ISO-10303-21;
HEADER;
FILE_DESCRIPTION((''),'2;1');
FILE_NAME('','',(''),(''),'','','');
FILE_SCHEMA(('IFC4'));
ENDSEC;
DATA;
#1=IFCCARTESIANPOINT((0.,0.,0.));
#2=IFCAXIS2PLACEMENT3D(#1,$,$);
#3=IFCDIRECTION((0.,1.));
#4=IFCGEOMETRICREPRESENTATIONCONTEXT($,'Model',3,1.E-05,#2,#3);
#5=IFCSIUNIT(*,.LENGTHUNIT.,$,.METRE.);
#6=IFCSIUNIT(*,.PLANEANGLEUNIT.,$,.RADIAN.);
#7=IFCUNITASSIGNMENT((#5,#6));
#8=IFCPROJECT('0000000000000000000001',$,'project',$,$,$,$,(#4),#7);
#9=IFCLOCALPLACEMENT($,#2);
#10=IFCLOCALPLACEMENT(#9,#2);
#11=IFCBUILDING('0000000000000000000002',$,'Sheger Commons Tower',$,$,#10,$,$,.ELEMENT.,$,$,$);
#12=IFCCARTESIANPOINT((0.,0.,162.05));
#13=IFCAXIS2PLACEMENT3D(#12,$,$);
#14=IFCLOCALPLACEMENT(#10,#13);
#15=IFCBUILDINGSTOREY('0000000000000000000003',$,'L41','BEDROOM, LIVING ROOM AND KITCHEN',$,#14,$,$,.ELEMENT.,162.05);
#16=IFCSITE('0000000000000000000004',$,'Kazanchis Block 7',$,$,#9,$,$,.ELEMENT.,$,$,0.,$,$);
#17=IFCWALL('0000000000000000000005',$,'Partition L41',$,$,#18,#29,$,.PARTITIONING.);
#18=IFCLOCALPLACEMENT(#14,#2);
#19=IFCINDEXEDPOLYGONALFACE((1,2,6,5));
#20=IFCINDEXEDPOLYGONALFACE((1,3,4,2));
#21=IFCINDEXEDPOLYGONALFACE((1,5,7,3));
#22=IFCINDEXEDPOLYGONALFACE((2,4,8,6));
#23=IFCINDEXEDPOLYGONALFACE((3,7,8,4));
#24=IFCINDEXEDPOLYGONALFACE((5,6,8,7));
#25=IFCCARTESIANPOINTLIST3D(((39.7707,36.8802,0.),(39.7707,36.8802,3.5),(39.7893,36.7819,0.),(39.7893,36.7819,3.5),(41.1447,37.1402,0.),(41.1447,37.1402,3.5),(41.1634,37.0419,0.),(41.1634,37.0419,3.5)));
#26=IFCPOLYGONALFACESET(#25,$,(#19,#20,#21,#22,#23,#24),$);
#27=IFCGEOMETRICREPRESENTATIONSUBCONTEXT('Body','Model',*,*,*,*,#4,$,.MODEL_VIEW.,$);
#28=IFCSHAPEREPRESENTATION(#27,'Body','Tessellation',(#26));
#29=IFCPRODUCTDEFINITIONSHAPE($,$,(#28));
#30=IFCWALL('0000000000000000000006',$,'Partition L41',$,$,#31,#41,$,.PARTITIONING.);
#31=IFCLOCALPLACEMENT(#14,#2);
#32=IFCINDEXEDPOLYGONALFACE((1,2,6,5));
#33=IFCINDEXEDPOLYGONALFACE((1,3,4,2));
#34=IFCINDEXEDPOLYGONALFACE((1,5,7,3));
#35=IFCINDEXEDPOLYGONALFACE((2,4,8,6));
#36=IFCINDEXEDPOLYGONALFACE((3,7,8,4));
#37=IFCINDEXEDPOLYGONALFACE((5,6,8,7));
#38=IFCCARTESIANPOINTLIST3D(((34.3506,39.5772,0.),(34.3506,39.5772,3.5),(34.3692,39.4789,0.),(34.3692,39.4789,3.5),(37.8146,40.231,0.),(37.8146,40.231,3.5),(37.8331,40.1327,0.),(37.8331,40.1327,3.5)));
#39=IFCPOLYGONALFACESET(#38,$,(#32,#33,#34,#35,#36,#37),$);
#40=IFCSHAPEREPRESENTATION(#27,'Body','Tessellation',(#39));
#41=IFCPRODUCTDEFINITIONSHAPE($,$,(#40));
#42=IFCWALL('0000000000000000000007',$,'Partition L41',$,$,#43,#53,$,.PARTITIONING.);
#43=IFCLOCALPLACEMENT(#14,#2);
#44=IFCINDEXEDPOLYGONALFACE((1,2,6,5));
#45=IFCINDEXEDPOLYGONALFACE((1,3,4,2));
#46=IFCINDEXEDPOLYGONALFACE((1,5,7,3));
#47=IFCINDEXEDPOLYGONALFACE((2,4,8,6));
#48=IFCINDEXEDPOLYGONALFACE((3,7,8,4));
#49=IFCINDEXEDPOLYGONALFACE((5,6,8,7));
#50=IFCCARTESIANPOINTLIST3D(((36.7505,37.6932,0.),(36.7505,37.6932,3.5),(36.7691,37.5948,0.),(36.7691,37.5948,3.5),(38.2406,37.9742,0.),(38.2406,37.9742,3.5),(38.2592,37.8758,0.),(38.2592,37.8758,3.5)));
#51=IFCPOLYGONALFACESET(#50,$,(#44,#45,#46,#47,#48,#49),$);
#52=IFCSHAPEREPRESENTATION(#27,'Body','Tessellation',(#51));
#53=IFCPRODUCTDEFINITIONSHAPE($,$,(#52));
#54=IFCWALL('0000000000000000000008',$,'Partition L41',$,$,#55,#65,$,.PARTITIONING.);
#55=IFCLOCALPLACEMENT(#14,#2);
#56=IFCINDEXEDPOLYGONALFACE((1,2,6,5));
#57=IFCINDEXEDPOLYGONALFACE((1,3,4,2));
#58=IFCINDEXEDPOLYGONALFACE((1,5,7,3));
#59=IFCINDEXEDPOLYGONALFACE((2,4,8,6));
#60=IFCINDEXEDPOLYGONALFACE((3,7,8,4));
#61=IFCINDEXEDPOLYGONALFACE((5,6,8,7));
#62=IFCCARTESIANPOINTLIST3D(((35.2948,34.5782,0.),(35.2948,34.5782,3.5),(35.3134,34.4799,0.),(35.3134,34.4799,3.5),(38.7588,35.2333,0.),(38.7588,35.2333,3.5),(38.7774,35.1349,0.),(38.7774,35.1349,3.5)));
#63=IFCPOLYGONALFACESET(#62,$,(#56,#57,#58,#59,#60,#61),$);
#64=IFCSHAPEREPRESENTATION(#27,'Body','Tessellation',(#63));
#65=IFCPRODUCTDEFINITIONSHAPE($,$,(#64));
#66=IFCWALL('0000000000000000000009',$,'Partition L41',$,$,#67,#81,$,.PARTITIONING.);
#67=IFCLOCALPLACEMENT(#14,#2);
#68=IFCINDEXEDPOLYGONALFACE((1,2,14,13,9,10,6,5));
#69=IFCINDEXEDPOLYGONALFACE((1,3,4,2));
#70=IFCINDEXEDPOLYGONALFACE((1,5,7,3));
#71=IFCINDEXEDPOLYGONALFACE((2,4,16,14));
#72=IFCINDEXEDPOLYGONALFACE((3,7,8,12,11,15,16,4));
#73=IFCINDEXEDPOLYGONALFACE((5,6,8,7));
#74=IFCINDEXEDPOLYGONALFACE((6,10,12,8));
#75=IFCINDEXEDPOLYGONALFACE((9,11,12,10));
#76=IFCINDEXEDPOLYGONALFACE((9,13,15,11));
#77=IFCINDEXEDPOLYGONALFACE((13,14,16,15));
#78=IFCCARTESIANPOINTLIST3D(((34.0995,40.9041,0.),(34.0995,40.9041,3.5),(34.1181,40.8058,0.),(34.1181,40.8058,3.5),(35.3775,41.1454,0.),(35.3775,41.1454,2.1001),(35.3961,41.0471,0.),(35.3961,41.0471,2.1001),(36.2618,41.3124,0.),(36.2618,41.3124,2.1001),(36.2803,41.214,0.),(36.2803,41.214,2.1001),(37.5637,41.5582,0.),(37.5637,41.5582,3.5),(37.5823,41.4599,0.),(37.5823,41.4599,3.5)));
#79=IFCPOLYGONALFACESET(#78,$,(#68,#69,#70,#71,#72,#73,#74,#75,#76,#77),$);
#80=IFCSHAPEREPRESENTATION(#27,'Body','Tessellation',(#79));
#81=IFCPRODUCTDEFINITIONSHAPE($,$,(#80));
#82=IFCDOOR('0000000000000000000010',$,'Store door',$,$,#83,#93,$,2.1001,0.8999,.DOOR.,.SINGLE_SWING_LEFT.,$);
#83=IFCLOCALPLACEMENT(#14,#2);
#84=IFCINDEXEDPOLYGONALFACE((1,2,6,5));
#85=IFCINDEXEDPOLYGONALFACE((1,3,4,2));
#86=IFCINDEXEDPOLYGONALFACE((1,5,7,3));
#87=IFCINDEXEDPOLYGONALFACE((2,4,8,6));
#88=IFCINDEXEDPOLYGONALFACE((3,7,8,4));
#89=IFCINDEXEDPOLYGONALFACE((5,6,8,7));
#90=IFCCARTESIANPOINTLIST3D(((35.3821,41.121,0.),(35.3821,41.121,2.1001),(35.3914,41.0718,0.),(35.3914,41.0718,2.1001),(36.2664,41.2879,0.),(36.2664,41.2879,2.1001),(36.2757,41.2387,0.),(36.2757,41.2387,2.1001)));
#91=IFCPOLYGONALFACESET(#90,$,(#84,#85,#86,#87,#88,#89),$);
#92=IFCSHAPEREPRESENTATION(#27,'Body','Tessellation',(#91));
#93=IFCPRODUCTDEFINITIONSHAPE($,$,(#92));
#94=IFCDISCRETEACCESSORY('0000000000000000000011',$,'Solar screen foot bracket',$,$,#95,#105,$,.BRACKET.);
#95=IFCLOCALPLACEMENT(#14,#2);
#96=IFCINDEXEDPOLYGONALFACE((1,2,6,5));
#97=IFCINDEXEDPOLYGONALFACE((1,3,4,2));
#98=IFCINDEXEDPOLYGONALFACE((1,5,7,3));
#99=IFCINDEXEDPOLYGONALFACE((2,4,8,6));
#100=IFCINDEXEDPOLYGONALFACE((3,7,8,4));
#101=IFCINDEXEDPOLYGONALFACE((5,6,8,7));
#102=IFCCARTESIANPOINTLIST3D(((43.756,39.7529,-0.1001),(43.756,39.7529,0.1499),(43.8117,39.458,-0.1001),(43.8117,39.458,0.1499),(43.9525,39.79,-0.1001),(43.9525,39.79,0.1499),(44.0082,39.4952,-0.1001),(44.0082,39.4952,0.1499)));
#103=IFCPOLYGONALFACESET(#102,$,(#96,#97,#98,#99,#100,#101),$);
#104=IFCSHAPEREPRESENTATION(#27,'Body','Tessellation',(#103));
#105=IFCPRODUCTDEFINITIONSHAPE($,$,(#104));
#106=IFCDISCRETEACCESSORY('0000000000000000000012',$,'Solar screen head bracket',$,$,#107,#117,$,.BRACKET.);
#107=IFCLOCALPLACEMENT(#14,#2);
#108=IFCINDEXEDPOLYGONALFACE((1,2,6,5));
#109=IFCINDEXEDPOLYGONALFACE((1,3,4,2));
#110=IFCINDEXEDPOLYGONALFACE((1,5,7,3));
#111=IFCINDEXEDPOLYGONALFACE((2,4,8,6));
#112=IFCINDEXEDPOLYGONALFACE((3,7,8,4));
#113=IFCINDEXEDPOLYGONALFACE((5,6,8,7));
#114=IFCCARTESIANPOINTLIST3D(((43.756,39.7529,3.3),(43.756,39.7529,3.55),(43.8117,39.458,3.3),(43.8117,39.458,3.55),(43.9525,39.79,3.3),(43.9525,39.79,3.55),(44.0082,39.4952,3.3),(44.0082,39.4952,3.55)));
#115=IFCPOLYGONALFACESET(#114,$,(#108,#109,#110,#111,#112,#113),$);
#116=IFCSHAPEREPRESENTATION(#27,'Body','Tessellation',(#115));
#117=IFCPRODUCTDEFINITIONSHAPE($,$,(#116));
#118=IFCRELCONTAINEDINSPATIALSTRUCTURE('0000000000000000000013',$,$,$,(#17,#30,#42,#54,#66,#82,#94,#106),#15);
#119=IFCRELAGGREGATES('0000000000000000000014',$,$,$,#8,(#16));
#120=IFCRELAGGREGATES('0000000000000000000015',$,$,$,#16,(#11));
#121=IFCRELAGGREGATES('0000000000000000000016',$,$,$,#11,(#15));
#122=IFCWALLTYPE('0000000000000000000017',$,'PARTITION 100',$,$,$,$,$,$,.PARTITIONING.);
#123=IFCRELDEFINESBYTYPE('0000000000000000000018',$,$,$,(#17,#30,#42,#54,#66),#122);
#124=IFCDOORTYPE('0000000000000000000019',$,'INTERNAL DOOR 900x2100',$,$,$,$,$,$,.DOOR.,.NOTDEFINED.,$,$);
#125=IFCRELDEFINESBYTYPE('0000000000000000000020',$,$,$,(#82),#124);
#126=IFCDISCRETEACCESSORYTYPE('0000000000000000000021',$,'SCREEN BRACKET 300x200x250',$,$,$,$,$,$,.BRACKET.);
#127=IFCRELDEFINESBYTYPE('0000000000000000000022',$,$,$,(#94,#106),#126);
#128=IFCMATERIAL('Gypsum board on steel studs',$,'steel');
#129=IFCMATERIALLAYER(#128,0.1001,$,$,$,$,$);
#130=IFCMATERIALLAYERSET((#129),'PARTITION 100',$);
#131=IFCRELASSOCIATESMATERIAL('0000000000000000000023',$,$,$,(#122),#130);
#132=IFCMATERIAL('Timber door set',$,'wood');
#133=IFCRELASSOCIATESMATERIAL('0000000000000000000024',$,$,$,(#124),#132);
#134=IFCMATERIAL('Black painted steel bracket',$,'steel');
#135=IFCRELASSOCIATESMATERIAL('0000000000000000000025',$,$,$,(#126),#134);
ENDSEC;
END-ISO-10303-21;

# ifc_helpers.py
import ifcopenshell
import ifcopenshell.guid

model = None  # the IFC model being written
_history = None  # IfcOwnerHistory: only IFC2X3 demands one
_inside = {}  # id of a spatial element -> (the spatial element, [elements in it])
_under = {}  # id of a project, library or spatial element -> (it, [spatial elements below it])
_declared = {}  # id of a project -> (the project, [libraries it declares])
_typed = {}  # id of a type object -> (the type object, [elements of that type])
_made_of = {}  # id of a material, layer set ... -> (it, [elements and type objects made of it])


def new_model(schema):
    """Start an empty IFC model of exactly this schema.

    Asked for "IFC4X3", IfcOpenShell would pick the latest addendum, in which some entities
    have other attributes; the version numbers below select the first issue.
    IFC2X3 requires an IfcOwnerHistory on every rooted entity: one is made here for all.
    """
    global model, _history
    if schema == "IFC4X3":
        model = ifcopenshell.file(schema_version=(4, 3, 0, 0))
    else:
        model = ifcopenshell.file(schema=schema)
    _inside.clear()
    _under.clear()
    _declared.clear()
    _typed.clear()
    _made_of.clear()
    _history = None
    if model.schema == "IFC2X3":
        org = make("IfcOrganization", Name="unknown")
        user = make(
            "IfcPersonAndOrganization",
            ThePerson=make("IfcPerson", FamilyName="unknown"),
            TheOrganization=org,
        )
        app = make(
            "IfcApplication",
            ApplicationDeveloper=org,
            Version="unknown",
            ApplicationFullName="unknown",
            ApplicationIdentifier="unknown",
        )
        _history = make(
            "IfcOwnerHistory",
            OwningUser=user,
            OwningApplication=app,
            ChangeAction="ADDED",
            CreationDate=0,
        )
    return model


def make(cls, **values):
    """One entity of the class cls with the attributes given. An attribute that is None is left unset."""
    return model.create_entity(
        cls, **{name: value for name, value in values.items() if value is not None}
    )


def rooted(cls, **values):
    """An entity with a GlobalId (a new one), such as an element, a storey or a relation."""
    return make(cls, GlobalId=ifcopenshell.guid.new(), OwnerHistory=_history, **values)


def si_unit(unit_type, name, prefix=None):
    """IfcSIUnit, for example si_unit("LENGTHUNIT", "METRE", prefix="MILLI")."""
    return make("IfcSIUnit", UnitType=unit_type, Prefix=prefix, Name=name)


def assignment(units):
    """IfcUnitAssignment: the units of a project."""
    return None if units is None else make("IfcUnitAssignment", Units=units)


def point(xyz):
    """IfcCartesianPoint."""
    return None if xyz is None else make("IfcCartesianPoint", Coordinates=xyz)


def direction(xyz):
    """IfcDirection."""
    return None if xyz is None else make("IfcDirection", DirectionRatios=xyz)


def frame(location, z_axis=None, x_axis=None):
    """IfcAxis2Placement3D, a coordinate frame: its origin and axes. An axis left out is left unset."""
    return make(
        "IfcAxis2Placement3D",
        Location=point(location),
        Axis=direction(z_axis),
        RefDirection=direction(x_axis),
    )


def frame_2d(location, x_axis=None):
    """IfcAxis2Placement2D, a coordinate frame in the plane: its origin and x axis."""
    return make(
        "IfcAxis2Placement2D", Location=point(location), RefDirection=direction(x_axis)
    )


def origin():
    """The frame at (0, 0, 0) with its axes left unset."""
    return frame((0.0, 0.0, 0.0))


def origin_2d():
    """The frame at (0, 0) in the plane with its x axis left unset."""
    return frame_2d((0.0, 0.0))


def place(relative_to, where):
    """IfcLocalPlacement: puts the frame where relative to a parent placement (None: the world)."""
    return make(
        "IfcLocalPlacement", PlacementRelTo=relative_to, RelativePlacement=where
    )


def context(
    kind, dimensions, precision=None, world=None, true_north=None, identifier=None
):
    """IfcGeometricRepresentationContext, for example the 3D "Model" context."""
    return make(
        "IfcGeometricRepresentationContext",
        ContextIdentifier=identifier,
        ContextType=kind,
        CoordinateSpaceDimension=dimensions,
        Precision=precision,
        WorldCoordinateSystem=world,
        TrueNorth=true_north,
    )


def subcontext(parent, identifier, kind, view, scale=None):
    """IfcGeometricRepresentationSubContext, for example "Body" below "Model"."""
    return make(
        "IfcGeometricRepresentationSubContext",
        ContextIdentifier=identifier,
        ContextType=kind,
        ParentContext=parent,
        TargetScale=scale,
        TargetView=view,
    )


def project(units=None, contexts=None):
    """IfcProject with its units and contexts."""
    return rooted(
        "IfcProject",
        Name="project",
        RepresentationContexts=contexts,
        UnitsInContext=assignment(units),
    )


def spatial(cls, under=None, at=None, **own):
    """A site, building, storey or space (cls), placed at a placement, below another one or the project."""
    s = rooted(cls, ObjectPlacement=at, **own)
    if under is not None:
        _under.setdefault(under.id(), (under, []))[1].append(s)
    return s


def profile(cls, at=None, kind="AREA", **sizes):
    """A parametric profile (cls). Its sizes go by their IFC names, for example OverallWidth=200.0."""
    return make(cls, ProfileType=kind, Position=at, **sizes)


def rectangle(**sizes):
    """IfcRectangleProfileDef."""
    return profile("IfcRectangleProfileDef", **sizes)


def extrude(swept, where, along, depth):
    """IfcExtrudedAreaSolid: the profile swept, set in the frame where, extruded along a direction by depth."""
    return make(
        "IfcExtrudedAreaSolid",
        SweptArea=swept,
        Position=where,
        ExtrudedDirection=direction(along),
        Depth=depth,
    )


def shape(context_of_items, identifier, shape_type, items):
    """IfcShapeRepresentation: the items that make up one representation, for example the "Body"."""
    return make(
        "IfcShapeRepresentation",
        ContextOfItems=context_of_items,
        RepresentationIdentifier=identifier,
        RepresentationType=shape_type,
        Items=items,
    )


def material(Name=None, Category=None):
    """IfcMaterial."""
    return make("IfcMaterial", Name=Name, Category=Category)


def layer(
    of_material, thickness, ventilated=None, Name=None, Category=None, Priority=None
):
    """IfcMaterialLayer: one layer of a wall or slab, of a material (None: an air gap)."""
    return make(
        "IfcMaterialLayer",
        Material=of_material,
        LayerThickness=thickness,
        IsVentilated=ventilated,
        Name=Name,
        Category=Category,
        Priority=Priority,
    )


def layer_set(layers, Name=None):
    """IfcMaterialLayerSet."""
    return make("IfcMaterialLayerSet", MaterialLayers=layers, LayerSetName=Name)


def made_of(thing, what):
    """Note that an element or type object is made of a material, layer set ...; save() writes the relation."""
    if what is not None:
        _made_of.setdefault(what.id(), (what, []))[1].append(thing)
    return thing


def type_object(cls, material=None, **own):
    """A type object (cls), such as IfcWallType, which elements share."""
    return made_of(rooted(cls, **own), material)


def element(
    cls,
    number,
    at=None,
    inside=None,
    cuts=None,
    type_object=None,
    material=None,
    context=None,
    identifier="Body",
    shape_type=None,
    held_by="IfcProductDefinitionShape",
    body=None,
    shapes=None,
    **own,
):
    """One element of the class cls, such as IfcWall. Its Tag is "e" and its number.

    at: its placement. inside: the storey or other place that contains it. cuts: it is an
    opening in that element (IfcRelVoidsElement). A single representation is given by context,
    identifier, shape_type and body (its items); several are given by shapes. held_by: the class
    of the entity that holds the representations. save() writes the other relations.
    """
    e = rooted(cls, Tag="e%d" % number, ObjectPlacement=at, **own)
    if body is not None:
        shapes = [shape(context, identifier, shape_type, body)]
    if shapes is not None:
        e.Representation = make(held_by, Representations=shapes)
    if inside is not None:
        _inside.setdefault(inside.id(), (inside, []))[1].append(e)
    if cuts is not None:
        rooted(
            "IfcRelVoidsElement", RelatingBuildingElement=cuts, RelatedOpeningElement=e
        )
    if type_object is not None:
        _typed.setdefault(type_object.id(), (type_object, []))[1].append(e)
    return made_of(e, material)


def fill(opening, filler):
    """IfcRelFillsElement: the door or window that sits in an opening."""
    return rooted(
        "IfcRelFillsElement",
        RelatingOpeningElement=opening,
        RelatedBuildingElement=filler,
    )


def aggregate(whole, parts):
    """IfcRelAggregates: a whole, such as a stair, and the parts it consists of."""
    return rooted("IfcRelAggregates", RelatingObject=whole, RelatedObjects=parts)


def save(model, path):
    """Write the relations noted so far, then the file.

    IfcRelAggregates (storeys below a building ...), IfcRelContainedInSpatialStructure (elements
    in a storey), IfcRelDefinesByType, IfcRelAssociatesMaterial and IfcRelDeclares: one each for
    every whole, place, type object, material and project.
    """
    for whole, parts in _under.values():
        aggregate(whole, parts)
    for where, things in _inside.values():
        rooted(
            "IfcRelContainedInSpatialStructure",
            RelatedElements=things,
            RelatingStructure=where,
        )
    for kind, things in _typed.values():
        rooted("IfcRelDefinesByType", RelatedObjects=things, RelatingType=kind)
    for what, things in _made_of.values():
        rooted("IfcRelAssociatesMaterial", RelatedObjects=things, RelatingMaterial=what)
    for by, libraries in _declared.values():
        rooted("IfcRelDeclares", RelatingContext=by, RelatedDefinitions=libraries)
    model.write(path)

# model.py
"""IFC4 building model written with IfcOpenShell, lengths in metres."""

from ifc_helpers import new_model, si_unit, direction, frame, frame_2d, origin, origin_2d, place, context, subcontext, project, spatial, rectangle, extrude, material, layer, layer_set, type_object, element, fill, save


model = new_model("IFC4")

# Units and contexts
model_context = context("Model", 3, precision=1e-05, world=origin(), true_north=direction((0.0, 1.0)))
body_context = subcontext(model_context, "Body", "Model", "MODEL_VIEW")
ifc_project = project(units=[si_unit("LENGTHUNIT", "METRE"), si_unit("PLANEANGLEUNIT", "RADIAN")], contexts=[model_context])

# Site, building, storey
site_placement = place(None, origin())
site = spatial("IfcSite", under=ifc_project, at=site_placement, Name="Kazanchis Block 7", CompositionType="ELEMENT", RefElevation=0.0)
building_placement = place(site_placement, origin())
building = spatial("IfcBuilding", under=site, at=building_placement, Name="Sheger Commons Tower", CompositionType="ELEMENT")
storey_placement = place(building_placement, frame((0.0, 0.0, 162.05)))
storey = spatial("IfcBuildingStorey", under=building, at=storey_placement, Name="L41", Description="BEDROOM, LIVING ROOM AND KITCHEN", CompositionType="ELEMENT", Elevation=162.05)

# Shared definitions
ifc_material_1 = material(Name="Gypsum board on steel studs", Category="steel")
ifc_layer_1 = layer(ifc_material_1, 0.1001)
ifc_layer_set_1 = layer_set([ifc_layer_1], Name="PARTITION 100")
wall_type = type_object("IfcWallType", Name="PARTITION 100", PredefinedType="PARTITIONING", material=ifc_layer_set_1)

# Shared definitions
ifc_material_2 = material(Name="Timber door set", Category="wood")
door_type = type_object("IfcDoorType", Name="INTERNAL DOOR 900x2100", OperationType="NOTDEFINED", PredefinedType="DOOR", material=ifc_material_2)

# Walls
wall_1_placement = place(storey_placement, frame((41.1541, 37.0911, 0.0), z_axis=(0.0, 0.0, 1.0), x_axis=(-0.982562, -0.185933, 0.0)))
element("IfcWall", 1, at=wall_1_placement, inside=storey, type_object=wall_type, Name="Partition L41", PredefinedType="PARTITIONING", context=body_context, shape_type="SweptSolid", body=[
    extrude(rectangle(XDim=1.3984, YDim=0.1001, at=frame_2d((0.6992, 0.0))), origin(), (0.0, 0.0, 1.0), 3.5),
])
wall_2_placement = place(storey_placement, frame((37.824, 40.1819, 0.0), z_axis=(0.0, 0.0, 1.0), x_axis=(-0.982649, -0.185476, 0.0)))
element("IfcWall", 2, at=wall_2_placement, inside=storey, type_object=wall_type, Name="Partition L41", PredefinedType="PARTITIONING", context=body_context, shape_type="SweptSolid", body=[
    extrude(rectangle(XDim=3.5251, YDim=0.1001, at=frame_2d((1.7627, 0.0))), origin(), (0.0, 0.0, 1.0), 3.5),
])
wall_3_placement = place(storey_placement, frame((38.25, 37.925, 0.0), z_axis=(0.0, 0.0, 1.0), x_axis=(-0.982677, -0.185329, 0.0)))
element("IfcWall", 3, at=wall_3_placement, inside=storey, type_object=wall_type, Name="Partition L41", PredefinedType="PARTITIONING", context=body_context, shape_type="SweptSolid", body=[
    extrude(rectangle(XDim=1.5164, YDim=0.1001, at=frame_2d((0.7583, 0.0))), origin(), (0.0, 0.0, 1.0), 3.5),
])
wall_4_placement = place(storey_placement, frame((38.7681, 35.1841, 0.0), z_axis=(0.0, 0.0, 1.0), x_axis=(-0.982588, -0.185798, 0.0)))
element("IfcWall", 4, at=wall_4_placement, inside=storey, type_object=wall_type, Name="Partition L41", PredefinedType="PARTITIONING", context=body_context, shape_type="SweptSolid", body=[
    extrude(rectangle(XDim=3.5254, YDim=0.1001, at=frame_2d((1.7627, 0.0))), origin(), (0.0, 0.0, 1.0), 3.5),
])

# Wall, opening, door
wall_5_placement = place(storey_placement, frame((37.573, 41.509, 0.0), z_axis=(0.0, 0.0, 1.0), x_axis=(-0.982639, -0.18553, 0.0)))
wall_5 = element("IfcWall", 5, at=wall_5_placement, inside=storey, type_object=wall_type, Name="Partition L41", PredefinedType="PARTITIONING", context=body_context, shape_type="SweptSolid", body=[
    extrude(rectangle(XDim=3.5254, YDim=0.1001, at=frame_2d((1.7627, 0.0))), origin(), (0.0, 0.0, 1.0), 3.5),
])
opening_1_placement = place(wall_5_placement, frame((1.325, 0.0, 0.0)))
opening_1 = element("IfcOpeningElement", 6, at=opening_1_placement, cuts=wall_5, PredefinedType="OPENING", context=body_context, shape_type="SweptSolid", body=[
    extrude(rectangle(XDim=0.8999, YDim=2.1001, at=frame_2d((0.45, 1.05))), frame((0.0, 0.0601, 0.0), z_axis=(0.0, -1.0, 0.0), x_axis=(1.0, 0.0, 0.0)), (0.0, 0.0, 1.0), 0.1201),
])
door_1_placement = place(opening_1_placement, origin())
door_1 = element("IfcDoor", 7, at=door_1_placement, inside=storey, type_object=door_type, Name="Store door", OperationType="SINGLE_SWING_LEFT", OverallHeight=2.1001, OverallWidth=0.8999, PredefinedType="DOOR", context=body_context, shape_type="SweptSolid", body=[
    extrude(rectangle(XDim=0.8999, YDim=2.1001, at=frame_2d((0.45, 1.05))), frame((0.0, 0.0249, 0.0), z_axis=(0.0, -1.0, 0.0), x_axis=(1.0, 0.0, 0.0)), (0.0, 0.0, 1.0), 0.05),
])
fill(opening_1, door_1)

# Discrete accessories
ifc_material_3 = material(Name="Black painted steel bracket", Category="steel")
discrete_accessory_type = type_object("IfcDiscreteAccessoryType", Name="SCREEN BRACKET 300x200x250", PredefinedType="BRACKET", material=ifc_material_3)
for number, where, z_axis, x_axis, name in (
    (8, (43.8821, 39.624, -0.1001), (0.0, 0.0, 1.0), (-0.185615, 0.982623, 0.0), "Solar screen foot bracket"),
    (9, (43.8821, 39.624, 3.3), (0.0, 0.0, 1.0), (-0.185615, 0.982623, 0.0), "Solar screen head bracket"),
):
    element("IfcDiscreteAccessory", number, at=place(storey_placement, frame(where, z_axis=z_axis, x_axis=x_axis)), inside=storey, type_object=discrete_accessory_type, Name=name, PredefinedType="BRACKET", context=body_context, shape_type="SweptSolid", body=[
        extrude(rectangle(XDim=0.3, YDim=0.2, at=origin_2d()), origin(), (0.0, 0.0, 1.0), 0.25),
    ])

save(model, "model.ifc")
